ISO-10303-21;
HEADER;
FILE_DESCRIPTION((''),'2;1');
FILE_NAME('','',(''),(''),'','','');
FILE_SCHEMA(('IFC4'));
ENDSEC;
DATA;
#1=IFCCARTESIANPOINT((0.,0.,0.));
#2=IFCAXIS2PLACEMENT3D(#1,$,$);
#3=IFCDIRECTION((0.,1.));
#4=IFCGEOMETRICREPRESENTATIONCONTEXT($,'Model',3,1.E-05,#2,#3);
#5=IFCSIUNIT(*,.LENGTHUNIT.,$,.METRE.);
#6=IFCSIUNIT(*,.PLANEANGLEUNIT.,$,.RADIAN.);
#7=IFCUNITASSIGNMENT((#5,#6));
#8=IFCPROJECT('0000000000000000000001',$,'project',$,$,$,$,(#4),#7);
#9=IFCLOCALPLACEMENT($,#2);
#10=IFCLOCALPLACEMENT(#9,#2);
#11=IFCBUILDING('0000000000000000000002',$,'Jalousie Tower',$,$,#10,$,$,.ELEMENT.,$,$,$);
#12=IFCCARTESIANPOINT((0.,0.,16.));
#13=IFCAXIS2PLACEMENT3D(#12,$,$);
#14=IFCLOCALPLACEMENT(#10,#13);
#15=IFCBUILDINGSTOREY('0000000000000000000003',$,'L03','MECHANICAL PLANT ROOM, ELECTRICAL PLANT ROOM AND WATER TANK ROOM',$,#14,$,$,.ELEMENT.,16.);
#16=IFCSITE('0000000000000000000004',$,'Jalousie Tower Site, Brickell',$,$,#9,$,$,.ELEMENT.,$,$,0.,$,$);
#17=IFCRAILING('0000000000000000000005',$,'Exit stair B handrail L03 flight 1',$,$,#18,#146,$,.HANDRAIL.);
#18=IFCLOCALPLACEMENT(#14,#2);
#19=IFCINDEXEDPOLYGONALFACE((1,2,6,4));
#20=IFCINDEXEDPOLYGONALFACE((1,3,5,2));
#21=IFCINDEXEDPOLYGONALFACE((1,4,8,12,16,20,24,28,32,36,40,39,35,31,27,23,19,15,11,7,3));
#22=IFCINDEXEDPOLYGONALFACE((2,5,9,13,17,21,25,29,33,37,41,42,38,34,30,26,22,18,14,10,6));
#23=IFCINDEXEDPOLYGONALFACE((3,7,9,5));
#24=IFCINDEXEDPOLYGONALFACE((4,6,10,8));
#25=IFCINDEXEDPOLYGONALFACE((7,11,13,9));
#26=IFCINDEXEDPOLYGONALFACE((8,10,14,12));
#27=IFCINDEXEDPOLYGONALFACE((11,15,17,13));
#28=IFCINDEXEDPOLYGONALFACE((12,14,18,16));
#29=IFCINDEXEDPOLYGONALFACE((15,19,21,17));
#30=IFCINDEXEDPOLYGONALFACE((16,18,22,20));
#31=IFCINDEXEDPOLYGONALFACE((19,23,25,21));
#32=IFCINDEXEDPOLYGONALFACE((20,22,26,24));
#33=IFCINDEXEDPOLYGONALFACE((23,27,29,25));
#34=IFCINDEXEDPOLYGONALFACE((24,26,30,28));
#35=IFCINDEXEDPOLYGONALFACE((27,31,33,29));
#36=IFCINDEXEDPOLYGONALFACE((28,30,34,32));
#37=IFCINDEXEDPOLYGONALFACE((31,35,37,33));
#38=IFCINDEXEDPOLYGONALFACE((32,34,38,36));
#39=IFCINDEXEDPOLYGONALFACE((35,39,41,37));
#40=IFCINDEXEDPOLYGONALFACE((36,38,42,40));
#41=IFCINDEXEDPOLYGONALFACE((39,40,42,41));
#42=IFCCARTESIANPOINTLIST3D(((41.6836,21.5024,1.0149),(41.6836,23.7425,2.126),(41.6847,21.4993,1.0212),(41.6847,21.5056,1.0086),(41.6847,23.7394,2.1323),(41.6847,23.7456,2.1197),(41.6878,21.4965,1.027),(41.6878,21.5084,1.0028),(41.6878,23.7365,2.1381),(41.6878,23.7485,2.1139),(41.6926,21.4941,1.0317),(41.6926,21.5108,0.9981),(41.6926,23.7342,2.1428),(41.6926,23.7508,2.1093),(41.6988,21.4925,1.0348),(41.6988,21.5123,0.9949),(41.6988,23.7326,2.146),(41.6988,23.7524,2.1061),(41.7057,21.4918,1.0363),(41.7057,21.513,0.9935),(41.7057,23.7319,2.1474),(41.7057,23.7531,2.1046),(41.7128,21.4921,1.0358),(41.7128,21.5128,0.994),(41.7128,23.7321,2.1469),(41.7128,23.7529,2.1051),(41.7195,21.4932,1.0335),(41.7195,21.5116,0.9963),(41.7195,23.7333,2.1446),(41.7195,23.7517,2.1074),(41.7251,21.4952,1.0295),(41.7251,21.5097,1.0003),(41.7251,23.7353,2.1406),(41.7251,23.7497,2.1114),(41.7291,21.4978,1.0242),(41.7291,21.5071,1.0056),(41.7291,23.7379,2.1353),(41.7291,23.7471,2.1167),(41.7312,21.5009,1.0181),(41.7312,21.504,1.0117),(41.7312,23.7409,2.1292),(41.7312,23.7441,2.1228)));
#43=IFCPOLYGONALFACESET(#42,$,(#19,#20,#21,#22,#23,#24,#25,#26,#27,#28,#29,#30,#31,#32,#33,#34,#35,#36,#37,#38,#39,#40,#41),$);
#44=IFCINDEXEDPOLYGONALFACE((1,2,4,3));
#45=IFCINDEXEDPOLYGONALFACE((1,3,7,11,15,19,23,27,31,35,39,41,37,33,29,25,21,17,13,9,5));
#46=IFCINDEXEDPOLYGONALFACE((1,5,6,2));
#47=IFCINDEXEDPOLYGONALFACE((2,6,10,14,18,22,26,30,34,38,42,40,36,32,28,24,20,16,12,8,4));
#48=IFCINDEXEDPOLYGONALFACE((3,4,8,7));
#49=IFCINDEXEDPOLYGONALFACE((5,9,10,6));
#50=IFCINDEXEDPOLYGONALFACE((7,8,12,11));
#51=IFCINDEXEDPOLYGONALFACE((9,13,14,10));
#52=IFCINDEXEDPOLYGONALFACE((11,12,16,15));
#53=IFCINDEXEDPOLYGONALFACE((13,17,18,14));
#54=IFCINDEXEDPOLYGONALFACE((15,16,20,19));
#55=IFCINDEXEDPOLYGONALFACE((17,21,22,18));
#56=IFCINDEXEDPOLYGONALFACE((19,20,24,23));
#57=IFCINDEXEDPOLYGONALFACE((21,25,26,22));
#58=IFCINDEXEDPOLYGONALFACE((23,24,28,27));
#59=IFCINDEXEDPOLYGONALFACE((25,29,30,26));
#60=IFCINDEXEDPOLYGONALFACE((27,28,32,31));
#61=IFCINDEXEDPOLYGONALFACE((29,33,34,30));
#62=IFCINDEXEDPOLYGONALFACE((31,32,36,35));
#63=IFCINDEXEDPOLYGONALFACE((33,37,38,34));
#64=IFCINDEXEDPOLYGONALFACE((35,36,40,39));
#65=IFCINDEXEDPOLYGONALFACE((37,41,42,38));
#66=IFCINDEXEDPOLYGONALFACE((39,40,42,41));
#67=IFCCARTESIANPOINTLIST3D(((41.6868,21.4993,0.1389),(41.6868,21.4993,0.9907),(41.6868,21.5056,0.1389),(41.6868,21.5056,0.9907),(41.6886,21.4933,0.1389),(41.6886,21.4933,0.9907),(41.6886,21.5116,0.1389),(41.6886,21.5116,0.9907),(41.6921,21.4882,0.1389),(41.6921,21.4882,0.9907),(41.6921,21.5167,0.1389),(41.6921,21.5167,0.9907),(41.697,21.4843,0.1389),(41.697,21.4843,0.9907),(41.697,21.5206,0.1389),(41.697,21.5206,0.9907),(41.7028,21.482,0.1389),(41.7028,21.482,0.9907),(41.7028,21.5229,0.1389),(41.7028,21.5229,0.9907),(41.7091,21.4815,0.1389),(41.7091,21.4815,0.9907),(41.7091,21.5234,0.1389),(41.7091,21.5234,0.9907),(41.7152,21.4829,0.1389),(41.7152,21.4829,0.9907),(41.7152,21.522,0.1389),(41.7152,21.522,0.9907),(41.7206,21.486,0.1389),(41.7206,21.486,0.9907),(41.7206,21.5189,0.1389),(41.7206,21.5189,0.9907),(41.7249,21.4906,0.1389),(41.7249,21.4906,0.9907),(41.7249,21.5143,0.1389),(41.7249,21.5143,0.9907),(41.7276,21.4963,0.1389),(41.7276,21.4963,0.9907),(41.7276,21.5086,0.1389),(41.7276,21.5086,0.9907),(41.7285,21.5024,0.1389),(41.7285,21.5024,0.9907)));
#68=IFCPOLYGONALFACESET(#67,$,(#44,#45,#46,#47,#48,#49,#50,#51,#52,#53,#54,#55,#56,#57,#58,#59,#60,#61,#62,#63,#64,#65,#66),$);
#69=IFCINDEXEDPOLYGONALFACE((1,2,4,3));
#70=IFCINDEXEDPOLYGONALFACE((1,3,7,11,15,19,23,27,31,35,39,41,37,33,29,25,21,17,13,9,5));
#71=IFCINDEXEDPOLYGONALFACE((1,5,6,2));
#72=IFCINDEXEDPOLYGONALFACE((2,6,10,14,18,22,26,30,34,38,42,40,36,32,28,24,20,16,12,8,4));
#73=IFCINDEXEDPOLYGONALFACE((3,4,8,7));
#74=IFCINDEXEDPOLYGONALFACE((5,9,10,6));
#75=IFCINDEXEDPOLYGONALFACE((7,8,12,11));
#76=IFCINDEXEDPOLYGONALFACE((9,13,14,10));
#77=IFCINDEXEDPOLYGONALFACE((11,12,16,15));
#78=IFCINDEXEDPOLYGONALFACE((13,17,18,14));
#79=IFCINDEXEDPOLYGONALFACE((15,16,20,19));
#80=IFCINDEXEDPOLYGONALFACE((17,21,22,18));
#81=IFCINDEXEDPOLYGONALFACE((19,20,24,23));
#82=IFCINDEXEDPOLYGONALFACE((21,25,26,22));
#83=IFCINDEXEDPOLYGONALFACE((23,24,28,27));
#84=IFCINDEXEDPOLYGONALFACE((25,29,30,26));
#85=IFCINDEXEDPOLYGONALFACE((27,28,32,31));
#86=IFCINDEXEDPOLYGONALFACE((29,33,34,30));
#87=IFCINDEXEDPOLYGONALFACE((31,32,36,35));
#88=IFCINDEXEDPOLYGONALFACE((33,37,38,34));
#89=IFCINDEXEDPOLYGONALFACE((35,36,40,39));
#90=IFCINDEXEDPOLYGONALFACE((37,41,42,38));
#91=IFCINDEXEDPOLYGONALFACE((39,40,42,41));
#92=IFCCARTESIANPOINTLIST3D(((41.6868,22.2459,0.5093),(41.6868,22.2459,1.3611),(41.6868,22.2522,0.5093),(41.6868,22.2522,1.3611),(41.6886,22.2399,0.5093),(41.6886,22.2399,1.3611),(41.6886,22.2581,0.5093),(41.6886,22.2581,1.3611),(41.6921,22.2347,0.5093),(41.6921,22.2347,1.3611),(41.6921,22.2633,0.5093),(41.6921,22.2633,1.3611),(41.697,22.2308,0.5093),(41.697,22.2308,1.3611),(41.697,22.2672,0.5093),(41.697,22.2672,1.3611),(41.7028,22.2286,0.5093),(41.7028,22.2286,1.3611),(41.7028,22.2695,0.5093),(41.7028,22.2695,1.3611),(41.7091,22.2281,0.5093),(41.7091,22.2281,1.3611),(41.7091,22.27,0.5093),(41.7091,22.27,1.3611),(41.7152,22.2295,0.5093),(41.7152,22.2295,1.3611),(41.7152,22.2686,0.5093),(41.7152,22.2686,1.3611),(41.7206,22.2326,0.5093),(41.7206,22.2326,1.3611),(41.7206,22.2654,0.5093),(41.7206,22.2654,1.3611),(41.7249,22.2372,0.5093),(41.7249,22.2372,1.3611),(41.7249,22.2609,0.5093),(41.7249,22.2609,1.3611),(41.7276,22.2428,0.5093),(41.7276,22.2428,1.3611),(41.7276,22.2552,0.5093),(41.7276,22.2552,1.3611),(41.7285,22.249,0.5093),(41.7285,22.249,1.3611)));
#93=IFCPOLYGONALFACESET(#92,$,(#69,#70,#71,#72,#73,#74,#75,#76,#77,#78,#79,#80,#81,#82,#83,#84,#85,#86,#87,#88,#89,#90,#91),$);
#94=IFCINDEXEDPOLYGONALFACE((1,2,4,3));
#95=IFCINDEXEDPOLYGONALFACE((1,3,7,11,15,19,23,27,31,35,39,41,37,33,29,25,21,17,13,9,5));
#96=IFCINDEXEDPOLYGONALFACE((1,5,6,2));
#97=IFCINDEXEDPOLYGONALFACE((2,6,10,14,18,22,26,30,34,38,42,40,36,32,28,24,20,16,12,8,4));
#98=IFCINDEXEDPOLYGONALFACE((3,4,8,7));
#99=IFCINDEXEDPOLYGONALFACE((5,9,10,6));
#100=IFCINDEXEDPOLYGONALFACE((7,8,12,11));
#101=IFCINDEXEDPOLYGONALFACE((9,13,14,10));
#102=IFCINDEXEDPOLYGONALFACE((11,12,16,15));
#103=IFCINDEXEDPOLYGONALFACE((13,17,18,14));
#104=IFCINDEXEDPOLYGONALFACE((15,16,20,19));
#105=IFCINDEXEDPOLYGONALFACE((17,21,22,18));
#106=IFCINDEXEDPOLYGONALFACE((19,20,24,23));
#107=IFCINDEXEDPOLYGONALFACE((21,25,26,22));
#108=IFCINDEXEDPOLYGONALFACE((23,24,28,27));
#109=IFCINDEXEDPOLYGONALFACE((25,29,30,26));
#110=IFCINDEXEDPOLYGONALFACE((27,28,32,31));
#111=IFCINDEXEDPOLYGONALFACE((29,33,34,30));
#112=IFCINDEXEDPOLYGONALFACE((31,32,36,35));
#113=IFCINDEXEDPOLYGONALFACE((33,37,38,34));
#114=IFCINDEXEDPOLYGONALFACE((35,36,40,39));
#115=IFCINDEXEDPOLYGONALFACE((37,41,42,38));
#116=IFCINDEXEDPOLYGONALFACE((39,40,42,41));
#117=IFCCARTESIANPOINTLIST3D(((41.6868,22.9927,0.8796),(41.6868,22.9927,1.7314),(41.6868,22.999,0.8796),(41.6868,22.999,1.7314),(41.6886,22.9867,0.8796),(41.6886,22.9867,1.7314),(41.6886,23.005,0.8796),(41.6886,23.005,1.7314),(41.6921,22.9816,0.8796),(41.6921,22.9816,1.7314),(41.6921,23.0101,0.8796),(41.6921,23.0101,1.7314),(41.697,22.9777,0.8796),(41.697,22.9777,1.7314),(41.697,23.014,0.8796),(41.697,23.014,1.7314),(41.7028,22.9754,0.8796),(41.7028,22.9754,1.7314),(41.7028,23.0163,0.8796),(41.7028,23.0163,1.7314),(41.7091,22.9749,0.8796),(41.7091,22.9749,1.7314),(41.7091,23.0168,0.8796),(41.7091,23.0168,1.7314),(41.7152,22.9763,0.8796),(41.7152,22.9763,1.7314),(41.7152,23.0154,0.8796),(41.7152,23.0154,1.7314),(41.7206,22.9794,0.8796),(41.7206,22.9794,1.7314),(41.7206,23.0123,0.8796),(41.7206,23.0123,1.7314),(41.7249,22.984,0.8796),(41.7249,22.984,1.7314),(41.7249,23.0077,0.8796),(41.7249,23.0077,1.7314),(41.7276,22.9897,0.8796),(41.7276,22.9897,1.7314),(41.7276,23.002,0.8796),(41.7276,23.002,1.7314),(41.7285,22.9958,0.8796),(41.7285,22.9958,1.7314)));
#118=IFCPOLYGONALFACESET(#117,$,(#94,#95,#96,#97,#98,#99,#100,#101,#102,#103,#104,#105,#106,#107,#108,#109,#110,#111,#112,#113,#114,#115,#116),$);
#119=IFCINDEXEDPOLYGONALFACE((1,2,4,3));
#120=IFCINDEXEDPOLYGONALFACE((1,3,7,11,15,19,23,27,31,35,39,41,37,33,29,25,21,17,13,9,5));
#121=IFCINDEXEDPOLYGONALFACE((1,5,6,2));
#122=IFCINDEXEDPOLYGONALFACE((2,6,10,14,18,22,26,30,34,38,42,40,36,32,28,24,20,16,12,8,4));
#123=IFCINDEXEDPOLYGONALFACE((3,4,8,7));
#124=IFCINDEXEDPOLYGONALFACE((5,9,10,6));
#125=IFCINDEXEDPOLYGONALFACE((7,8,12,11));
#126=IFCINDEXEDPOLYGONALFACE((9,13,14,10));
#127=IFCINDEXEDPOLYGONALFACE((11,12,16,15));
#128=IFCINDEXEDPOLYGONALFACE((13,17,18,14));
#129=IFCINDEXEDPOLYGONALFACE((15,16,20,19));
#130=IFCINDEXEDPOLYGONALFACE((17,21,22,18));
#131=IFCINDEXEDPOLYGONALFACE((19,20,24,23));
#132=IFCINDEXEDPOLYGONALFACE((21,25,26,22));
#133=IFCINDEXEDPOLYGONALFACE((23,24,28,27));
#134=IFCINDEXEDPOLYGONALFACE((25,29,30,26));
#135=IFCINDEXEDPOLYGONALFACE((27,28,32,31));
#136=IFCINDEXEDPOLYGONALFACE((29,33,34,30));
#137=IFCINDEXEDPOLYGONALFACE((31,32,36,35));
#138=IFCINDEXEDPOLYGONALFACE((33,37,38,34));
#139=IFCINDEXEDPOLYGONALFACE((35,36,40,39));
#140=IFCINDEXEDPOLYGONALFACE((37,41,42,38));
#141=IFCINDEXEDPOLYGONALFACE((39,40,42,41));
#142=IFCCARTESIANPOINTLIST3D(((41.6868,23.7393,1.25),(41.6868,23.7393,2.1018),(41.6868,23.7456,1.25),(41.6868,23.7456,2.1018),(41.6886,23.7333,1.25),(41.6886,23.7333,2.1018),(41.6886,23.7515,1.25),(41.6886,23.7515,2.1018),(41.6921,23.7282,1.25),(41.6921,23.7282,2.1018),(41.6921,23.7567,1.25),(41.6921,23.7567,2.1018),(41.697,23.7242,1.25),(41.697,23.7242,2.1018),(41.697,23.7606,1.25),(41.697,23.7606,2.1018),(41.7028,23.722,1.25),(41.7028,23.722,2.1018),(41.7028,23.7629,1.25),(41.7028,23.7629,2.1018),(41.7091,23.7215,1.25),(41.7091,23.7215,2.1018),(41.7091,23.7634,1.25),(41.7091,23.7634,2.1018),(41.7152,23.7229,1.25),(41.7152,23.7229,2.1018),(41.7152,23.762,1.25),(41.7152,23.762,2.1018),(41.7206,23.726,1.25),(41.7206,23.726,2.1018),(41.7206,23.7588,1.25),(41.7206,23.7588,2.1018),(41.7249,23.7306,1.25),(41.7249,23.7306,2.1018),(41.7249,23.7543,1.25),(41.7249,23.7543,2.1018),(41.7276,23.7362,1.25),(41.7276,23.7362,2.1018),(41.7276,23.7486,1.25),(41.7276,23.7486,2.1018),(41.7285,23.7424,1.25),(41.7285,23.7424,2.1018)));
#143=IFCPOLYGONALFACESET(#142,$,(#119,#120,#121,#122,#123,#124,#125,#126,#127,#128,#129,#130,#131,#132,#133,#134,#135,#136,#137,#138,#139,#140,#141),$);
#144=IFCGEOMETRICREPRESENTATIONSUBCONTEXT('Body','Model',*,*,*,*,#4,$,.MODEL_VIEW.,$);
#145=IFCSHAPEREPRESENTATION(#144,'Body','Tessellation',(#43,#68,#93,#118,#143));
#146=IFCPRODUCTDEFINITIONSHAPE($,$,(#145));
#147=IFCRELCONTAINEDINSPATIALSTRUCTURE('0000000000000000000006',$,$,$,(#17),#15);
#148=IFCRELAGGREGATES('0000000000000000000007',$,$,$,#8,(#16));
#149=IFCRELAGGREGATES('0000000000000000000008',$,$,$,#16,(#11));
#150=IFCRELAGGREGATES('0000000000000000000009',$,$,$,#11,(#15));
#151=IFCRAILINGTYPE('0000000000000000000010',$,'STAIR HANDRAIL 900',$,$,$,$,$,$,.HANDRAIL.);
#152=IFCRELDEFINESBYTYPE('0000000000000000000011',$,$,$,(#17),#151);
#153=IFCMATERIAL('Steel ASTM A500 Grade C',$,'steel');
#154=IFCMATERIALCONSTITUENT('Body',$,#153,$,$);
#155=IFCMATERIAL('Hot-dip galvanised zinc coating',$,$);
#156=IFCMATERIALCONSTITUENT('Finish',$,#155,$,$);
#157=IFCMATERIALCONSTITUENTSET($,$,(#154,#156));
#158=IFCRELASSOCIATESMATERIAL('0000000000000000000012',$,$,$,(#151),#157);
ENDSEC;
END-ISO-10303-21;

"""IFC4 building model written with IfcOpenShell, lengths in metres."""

from ifc_helpers import new_model, si_unit, direction, frame, origin, origin_2d, place, context, subcontext, project, spatial, circle, extrude, material, constituent, constituent_set, type_object, element, save


model = new_model("IFC4")

# Units and contexts
model_context = context("Model", 3, precision=1e-05, world=origin(), true_north=direction((0.0, 1.0)))
body_context = subcontext(model_context, "Body", "Model", "MODEL_VIEW")
ifc_project = project(units=[si_unit("LENGTHUNIT", "METRE"), si_unit("PLANEANGLEUNIT", "RADIAN")], contexts=[model_context])

# Site, building, storey
site_placement = place(None, origin())
site = spatial("IfcSite", under=ifc_project, at=site_placement, Name="Jalousie Tower Site, Brickell", CompositionType="ELEMENT", RefElevation=0.0)
building_placement = place(site_placement, origin())
building = spatial("IfcBuilding", under=site, at=building_placement, Name="Jalousie Tower", CompositionType="ELEMENT")
storey_placement = place(building_placement, frame((0.0, 0.0, 16.0)))
storey = spatial("IfcBuildingStorey", under=building, at=storey_placement, Name="L03", Description="MECHANICAL PLANT ROOM, ELECTRICAL PLANT ROOM AND WATER TANK ROOM", CompositionType="ELEMENT", Elevation=16.0)

# Railing
ifc_material_1 = material(Name="Steel ASTM A500 Grade C", Category="steel")
ifc_constituent_1 = constituent(ifc_material_1, Name="Body")
ifc_material_2 = material(Name="Hot-dip galvanised zinc coating")
ifc_constituent_2 = constituent(ifc_material_2, Name="Finish")
ifc_constituent_set_1 = constituent_set(constituents=[ifc_constituent_1, ifc_constituent_2])
railing_type_1 = type_object("IfcRailingType", Name="STAIR HANDRAIL 900", PredefinedType="HANDRAIL", material=ifc_constituent_set_1)
for number, where, name in (
    (1, (41.7075, 21.5024, 0.1389), "Exit stair B handrail L03 flight 1"),
):
    element("IfcRailing", number, at=place(storey_placement, frame(where)), inside=storey, type_object=railing_type_1, Name=name, PredefinedType="HANDRAIL", context=body_context, shape_type="SweptSolid", body=[
        extrude(circle(Radius=0.0239, at=origin_2d()), frame((0.0, 0.0, 0.876), z_axis=(0.0, 0.895848, 0.44436), x_axis=(-1.0, 0.0, 0.0)), (0.0, 0.0, 1.0), 2.5005),
        extrude(circle(Radius=0.021, at=origin_2d()), origin(), (0.0, 0.0, 1.0), 0.8518),
        extrude(circle(Radius=0.021, at=origin_2d()), frame((0.0, 0.7466, 0.3704)), (0.0, 0.0, 1.0), 0.8518),
        extrude(circle(Radius=0.021, at=origin_2d()), frame((0.0, 1.4934, 0.7407)), (0.0, 0.0, 1.0), 0.8518),
        extrude(circle(Radius=0.021, at=origin_2d()), frame((0.0, 2.24, 1.1111)), (0.0, 0.0, 1.0), 0.8518),
    ])

save(model, "model.ifc")
